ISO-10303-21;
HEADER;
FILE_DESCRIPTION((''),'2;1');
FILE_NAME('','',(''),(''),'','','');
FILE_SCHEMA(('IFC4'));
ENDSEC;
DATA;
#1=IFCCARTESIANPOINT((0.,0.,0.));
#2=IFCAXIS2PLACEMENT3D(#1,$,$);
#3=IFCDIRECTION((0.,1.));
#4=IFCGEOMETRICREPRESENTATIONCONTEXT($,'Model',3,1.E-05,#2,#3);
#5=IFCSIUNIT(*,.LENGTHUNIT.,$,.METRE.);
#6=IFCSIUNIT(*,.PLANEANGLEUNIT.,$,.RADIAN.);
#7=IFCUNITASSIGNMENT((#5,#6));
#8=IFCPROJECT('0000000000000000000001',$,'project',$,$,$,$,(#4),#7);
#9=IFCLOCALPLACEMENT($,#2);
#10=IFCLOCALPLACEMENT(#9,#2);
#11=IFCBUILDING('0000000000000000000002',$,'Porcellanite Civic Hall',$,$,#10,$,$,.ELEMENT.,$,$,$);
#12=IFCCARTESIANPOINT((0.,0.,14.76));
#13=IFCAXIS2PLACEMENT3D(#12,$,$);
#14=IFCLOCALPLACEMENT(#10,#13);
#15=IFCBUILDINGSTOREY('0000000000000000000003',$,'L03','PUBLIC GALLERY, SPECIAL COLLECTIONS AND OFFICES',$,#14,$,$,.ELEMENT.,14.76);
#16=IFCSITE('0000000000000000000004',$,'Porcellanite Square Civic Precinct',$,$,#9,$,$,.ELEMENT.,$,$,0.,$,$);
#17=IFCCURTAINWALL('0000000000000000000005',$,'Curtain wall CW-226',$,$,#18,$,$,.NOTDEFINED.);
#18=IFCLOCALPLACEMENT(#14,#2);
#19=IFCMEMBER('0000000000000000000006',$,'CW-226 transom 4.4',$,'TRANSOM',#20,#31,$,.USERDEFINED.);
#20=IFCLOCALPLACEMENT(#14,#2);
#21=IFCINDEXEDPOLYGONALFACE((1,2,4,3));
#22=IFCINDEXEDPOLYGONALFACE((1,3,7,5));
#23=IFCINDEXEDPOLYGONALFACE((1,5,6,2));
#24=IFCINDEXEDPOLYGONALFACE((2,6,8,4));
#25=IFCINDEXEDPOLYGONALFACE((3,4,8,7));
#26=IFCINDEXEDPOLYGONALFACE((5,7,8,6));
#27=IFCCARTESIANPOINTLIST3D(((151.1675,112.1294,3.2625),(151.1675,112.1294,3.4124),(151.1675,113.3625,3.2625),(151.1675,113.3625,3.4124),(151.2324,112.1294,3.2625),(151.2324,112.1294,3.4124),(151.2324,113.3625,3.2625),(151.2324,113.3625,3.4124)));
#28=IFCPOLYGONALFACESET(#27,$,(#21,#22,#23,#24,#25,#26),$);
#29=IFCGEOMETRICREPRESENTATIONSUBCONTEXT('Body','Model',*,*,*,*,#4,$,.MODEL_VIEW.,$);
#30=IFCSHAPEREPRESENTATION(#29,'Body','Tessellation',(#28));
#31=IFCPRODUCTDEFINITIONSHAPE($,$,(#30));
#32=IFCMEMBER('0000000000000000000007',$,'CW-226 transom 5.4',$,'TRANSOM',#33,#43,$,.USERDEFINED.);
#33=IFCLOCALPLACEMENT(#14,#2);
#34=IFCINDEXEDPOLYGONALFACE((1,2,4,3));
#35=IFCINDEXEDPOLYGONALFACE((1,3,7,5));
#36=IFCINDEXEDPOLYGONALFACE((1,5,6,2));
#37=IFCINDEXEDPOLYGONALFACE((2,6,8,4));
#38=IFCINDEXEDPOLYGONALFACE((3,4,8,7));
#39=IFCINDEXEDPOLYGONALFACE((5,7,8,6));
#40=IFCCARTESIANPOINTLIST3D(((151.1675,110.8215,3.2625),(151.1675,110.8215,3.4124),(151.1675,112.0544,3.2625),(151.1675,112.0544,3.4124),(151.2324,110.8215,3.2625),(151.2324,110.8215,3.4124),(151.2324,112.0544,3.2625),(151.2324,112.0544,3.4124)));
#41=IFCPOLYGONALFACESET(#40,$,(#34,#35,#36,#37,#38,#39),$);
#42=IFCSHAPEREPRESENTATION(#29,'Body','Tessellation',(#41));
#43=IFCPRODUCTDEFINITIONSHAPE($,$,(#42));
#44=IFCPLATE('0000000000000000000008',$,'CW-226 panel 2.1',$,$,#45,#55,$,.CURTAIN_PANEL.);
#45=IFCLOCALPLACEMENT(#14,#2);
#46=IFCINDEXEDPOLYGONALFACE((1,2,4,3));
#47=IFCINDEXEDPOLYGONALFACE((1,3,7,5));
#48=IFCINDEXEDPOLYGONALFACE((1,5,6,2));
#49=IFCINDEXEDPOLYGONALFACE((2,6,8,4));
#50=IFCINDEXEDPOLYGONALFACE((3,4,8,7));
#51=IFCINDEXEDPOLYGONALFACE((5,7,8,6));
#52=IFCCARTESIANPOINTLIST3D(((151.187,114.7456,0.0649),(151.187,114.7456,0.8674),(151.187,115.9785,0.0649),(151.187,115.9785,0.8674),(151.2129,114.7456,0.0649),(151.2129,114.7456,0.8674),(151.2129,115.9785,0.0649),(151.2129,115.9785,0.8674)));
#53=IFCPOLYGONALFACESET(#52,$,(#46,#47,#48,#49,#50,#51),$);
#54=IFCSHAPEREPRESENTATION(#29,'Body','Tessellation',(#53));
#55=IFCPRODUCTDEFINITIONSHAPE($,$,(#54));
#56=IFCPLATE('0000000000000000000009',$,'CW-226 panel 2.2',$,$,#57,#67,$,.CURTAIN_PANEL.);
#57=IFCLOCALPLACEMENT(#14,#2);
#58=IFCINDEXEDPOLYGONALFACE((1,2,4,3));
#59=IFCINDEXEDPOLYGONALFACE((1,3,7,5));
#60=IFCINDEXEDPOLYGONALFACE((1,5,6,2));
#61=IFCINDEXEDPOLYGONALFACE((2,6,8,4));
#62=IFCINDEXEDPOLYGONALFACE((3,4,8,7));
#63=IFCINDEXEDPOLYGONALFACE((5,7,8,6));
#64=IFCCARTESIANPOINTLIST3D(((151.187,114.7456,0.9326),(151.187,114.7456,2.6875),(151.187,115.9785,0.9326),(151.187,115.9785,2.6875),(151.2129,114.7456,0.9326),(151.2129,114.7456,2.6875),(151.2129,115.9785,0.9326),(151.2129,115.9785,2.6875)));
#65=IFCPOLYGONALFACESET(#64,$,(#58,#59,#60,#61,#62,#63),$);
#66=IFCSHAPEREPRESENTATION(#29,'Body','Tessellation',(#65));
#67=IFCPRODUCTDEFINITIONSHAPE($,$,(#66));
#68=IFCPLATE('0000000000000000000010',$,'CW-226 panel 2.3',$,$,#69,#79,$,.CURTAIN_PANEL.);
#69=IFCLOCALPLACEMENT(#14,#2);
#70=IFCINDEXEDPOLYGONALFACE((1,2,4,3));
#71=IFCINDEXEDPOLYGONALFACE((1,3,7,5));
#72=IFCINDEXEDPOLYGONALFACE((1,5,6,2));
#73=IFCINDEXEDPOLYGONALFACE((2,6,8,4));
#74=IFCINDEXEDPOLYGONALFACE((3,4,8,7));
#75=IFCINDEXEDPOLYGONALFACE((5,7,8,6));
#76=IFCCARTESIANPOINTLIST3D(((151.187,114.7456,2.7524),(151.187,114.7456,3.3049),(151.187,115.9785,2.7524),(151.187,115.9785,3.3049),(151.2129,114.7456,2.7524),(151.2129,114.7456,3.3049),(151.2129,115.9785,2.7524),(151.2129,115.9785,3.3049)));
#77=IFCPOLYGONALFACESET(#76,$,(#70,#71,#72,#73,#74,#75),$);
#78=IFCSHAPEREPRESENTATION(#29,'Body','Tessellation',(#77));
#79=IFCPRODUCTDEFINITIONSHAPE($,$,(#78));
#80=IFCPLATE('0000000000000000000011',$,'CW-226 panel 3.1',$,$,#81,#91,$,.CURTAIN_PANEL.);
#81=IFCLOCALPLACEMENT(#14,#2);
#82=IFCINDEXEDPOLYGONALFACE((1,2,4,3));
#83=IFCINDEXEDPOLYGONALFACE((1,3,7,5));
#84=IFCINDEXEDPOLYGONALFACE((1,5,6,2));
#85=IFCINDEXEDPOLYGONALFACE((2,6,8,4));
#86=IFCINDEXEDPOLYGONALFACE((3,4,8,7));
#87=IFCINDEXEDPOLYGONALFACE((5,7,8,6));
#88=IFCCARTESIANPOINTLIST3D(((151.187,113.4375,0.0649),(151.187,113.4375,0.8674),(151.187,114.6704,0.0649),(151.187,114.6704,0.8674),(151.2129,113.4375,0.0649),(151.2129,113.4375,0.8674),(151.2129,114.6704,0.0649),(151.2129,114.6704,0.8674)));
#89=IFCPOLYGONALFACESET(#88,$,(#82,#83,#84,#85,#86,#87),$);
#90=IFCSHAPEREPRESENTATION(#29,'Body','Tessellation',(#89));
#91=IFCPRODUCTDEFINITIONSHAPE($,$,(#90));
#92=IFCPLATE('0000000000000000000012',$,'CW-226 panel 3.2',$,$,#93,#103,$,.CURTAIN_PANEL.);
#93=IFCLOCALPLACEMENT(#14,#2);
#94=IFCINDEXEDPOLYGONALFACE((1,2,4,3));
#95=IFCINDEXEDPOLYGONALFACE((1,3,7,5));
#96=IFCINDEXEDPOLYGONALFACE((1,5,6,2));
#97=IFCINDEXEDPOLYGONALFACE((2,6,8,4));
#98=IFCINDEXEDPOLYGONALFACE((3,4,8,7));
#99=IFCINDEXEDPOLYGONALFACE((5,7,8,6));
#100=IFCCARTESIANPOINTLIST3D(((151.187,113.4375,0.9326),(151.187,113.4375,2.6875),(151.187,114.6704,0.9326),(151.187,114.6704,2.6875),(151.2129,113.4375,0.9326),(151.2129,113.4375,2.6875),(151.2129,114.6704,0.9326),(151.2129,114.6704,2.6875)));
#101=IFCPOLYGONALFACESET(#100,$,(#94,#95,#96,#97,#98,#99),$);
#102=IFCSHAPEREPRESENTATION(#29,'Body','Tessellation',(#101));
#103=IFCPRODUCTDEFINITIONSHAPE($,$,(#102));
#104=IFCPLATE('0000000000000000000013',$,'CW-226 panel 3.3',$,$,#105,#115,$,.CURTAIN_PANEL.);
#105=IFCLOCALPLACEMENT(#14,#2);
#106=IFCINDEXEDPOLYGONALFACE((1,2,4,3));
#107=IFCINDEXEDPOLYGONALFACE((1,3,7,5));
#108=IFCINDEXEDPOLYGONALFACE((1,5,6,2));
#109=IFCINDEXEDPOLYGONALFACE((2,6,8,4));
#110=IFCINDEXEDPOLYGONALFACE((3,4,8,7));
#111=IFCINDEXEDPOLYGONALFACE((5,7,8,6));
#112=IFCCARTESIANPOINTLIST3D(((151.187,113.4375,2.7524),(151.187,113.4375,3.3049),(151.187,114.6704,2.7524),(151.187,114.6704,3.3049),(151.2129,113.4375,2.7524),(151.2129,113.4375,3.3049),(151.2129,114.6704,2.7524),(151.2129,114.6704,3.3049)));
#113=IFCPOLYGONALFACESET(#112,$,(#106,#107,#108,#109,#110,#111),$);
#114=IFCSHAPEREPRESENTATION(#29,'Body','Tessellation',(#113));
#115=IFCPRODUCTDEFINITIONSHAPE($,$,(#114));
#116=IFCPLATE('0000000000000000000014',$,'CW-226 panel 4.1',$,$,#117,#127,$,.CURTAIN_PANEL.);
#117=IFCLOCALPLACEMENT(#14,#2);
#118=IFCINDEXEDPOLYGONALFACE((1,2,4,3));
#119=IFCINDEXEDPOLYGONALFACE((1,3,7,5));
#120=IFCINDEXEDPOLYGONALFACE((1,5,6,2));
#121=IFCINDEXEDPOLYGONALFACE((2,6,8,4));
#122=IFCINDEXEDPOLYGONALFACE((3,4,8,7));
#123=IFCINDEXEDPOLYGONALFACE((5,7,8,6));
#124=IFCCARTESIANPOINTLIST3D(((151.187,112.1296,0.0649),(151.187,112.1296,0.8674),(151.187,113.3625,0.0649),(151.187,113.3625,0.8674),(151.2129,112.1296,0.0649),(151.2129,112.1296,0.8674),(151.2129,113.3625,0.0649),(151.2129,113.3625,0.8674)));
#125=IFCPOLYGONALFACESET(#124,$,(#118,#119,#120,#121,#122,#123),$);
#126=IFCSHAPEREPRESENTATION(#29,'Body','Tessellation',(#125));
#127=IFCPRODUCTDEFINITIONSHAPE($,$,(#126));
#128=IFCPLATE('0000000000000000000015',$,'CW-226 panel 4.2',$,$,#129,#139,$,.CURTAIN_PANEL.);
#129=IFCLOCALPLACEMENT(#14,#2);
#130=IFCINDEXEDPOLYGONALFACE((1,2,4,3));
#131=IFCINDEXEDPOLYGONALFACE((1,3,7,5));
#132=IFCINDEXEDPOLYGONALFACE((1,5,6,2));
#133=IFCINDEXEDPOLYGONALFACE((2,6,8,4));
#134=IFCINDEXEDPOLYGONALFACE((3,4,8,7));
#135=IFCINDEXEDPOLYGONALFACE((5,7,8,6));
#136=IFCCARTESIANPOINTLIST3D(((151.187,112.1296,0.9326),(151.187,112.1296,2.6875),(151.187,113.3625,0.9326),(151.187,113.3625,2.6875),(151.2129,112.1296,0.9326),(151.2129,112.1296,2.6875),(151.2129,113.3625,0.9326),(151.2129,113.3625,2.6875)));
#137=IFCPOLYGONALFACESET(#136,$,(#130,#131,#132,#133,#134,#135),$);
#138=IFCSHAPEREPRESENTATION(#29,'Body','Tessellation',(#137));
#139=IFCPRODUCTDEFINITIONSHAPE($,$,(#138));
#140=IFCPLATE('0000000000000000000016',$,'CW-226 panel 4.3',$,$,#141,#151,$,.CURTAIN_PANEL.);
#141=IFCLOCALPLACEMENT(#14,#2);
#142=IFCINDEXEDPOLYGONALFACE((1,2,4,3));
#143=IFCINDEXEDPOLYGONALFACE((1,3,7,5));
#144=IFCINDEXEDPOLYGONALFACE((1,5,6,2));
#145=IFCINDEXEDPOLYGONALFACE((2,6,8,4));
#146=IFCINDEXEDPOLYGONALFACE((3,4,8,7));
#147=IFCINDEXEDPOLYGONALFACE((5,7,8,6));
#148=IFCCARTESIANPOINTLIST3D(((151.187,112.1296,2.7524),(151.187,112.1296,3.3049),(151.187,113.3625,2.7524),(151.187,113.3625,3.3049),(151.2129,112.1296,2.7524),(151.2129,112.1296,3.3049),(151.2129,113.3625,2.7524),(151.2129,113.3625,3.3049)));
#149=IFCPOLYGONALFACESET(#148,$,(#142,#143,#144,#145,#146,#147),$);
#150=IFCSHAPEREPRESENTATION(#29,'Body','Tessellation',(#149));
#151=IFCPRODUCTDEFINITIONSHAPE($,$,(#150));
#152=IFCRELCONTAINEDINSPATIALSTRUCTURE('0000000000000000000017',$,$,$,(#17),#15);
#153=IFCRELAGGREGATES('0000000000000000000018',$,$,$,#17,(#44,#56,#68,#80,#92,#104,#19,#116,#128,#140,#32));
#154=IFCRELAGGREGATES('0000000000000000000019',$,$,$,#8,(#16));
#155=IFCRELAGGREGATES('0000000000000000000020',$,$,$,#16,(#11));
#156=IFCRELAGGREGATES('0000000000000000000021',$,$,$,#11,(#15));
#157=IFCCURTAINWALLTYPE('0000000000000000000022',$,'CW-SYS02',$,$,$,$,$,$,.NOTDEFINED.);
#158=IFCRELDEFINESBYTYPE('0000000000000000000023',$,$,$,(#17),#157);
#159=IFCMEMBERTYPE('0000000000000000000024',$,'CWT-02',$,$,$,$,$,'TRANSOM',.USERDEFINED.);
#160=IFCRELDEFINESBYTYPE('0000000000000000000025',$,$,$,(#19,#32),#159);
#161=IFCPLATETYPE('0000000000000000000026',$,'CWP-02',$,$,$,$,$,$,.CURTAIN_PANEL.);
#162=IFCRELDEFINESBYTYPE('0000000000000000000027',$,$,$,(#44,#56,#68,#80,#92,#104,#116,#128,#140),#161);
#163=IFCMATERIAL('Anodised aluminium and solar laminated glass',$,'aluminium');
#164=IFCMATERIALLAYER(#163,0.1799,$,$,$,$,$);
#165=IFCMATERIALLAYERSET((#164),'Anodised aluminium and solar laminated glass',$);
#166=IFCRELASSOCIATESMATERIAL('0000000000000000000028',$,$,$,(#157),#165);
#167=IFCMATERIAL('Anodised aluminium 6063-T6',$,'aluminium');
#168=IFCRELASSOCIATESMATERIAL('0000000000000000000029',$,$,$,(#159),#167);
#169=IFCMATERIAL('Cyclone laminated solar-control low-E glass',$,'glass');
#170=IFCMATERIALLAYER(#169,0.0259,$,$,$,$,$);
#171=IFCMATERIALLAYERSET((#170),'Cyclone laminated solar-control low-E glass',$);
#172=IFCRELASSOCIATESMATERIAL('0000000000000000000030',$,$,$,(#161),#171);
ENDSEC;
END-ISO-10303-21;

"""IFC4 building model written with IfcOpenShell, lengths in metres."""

from ifc_helpers import new_model, si_unit, direction, frame, origin, origin_2d, place, context, subcontext, project, spatial, rectangle, extrude, material, layer, layer_set, material_profile, profile_set, type_object, element, aggregate, save


model = new_model("IFC4")

# Units and contexts
model_context = context("Model", 3, precision=1e-05, world=origin(), true_north=direction((0.0, 1.0)))
body_context = subcontext(model_context, "Body", "Model", "MODEL_VIEW")
ifc_project = project(units=[si_unit("LENGTHUNIT", "METRE"), si_unit("PLANEANGLEUNIT", "RADIAN")], contexts=[model_context])

# Site, building, storey
site_placement = place(None, origin())
site = spatial("IfcSite", under=ifc_project, at=site_placement, Name="Porcellanite Square Civic Precinct", CompositionType="ELEMENT", RefElevation=0.0)
building_placement = place(site_placement, origin())
building = spatial("IfcBuilding", under=site, at=building_placement, Name="Porcellanite Civic Hall", CompositionType="ELEMENT")
storey_placement = place(building_placement, frame((0.0, 0.0, 14.76)))
storey = spatial("IfcBuildingStorey", under=building, at=storey_placement, Name="L03", Description="PUBLIC GALLERY, SPECIAL COLLECTIONS AND OFFICES", CompositionType="ELEMENT", Elevation=14.76)

# Curtain wall, members, plates
ifc_material_1 = material(Name="Anodised aluminium and solar laminated glass", Category="aluminium")
ifc_layer_1 = layer(ifc_material_1, 0.1799)
ifc_layer_set_1 = layer_set([ifc_layer_1], Name="Anodised aluminium and solar laminated glass")
curtain_wall_type = type_object("IfcCurtainWallType", Name="CW-SYS02", PredefinedType="NOTDEFINED", material=ifc_layer_set_1)
curtain_wall_placement = place(storey_placement, origin())
curtain_wall = element("IfcCurtainWall", 1, at=curtain_wall_placement, inside=storey, type_object=curtain_wall_type, Name="Curtain wall CW-226", PredefinedType="NOTDEFINED")
ifc_material_2 = material(Name="Anodised aluminium 6063-T6", Category="aluminium")
ifc_material_profile_1 = material_profile(ifc_material_2, rectangle(XDim=0.0649, YDim=0.1499, at=origin_2d()), Name="AL-65x150")
ifc_profile_set_1 = profile_set([ifc_material_profile_1], Name="Anodised aluminium 6063-T6")
member_type_1 = type_object("IfcMemberType", Name="CWT-02", ElementType="TRANSOM", PredefinedType="USERDEFINED", material=ifc_profile_set_1)
member_1_placement = place(storey_placement, frame((151.2, 113.3625, 3.3374), z_axis=(0.0, -1.0, 0.0), x_axis=(1.0, 0.0, 0.0)))
member_1 = element("IfcMember", 2, at=member_1_placement, type_object=member_type_1, Name="CW-226 transom 4.4", ObjectType="TRANSOM", PredefinedType="USERDEFINED", context=body_context, shape_type="SweptSolid", body=[
    extrude(rectangle(XDim=0.0649, YDim=0.1499, at=origin_2d()), origin(), (0.0, 0.0, 1.0), 1.2332),
])
member_2_placement = place(storey_placement, frame((151.2, 112.0544, 3.3374), z_axis=(0.0, -1.0, 0.0), x_axis=(1.0, 0.0, 0.0)))
member_2 = element("IfcMember", 3, at=member_2_placement, type_object=member_type_1, Name="CW-226 transom 5.4", ObjectType="TRANSOM", PredefinedType="USERDEFINED", context=body_context, shape_type="SweptSolid", body=[
    extrude(rectangle(XDim=0.0649, YDim=0.1499, at=origin_2d()), origin(), (0.0, 0.0, 1.0), 1.2329),
])
ifc_material_3 = material(Name="Cyclone laminated solar-control low-E glass", Category="glass")
ifc_layer_2 = layer(ifc_material_3, 0.0259)
ifc_layer_set_2 = layer_set([ifc_layer_2], Name="Cyclone laminated solar-control low-E glass")
plate_type = type_object("IfcPlateType", Name="CWP-02", PredefinedType="CURTAIN_PANEL", material=ifc_layer_set_2)
plate_1_placement = place(storey_placement, frame((151.2, 115.3621, 0.0649), z_axis=(0.0, 0.0, 1.0), x_axis=(0.0, -1.0, 0.0)))
plate_1 = element("IfcPlate", 4, at=plate_1_placement, type_object=plate_type, Name="CW-226 panel 2.1", PredefinedType="CURTAIN_PANEL", context=body_context, shape_type="SweptSolid", body=[
    extrude(rectangle(XDim=1.2329, YDim=0.0259, at=origin_2d()), origin(), (0.0, 0.0, 1.0), 0.8025),
])
plate_2_placement = place(storey_placement, frame((151.2, 115.3621, 0.9326), z_axis=(0.0, 0.0, 1.0), x_axis=(0.0, -1.0, 0.0)))
plate_2 = element("IfcPlate", 5, at=plate_2_placement, type_object=plate_type, Name="CW-226 panel 2.2", PredefinedType="CURTAIN_PANEL", context=body_context, shape_type="SweptSolid", body=[
    extrude(rectangle(XDim=1.2329, YDim=0.0259, at=origin_2d()), origin(), (0.0, 0.0, 1.0), 1.7549),
])
plate_3_placement = place(storey_placement, frame((151.2, 115.3621, 2.7524), z_axis=(0.0, 0.0, 1.0), x_axis=(0.0, -1.0, 0.0)))
plate_3 = element("IfcPlate", 6, at=plate_3_placement, type_object=plate_type, Name="CW-226 panel 2.3", PredefinedType="CURTAIN_PANEL", context=body_context, shape_type="SweptSolid", body=[
    extrude(rectangle(XDim=1.2329, YDim=0.0259, at=origin_2d()), origin(), (0.0, 0.0, 1.0), 0.5525),
])
plate_4_placement = place(storey_placement, frame((151.2, 114.054, 0.0649), z_axis=(0.0, 0.0, 1.0), x_axis=(0.0, -1.0, 0.0)))
plate_4 = element("IfcPlate", 7, at=plate_4_placement, type_object=plate_type, Name="CW-226 panel 3.1", PredefinedType="CURTAIN_PANEL", context=body_context, shape_type="SweptSolid", body=[
    extrude(rectangle(XDim=1.2329, YDim=0.0259, at=origin_2d()), origin(), (0.0, 0.0, 1.0), 0.8025),
])
plate_5_placement = place(storey_placement, frame((151.2, 114.054, 0.9326), z_axis=(0.0, 0.0, 1.0), x_axis=(0.0, -1.0, 0.0)))
plate_5 = element("IfcPlate", 8, at=plate_5_placement, type_object=plate_type, Name="CW-226 panel 3.2", PredefinedType="CURTAIN_PANEL", context=body_context, shape_type="SweptSolid", body=[
    extrude(rectangle(XDim=1.2329, YDim=0.0259, at=origin_2d()), origin(), (0.0, 0.0, 1.0), 1.7549),
])
plate_6_placement = place(storey_placement, frame((151.2, 114.054, 2.7524), z_axis=(0.0, 0.0, 1.0), x_axis=(0.0, -1.0, 0.0)))
plate_6 = element("IfcPlate", 9, at=plate_6_placement, type_object=plate_type, Name="CW-226 panel 3.3", PredefinedType="CURTAIN_PANEL", context=body_context, shape_type="SweptSolid", body=[
    extrude(rectangle(XDim=1.2329, YDim=0.0259, at=origin_2d()), origin(), (0.0, 0.0, 1.0), 0.5525),
])
plate_7_placement = place(storey_placement, frame((151.2, 112.7461, 0.0649), z_axis=(0.0, 0.0, 1.0), x_axis=(0.0, -1.0, 0.0)))
plate_7 = element("IfcPlate", 10, at=plate_7_placement, type_object=plate_type, Name="CW-226 panel 4.1", PredefinedType="CURTAIN_PANEL", context=body_context, shape_type="SweptSolid", body=[
    extrude(rectangle(XDim=1.2329, YDim=0.0259, at=origin_2d()), origin(), (0.0, 0.0, 1.0), 0.8025),
])
plate_8_placement = place(storey_placement, frame((151.2, 112.7461, 0.9326), z_axis=(0.0, 0.0, 1.0), x_axis=(0.0, -1.0, 0.0)))
plate_8 = element("IfcPlate", 11, at=plate_8_placement, type_object=plate_type, Name="CW-226 panel 4.2", PredefinedType="CURTAIN_PANEL", context=body_context, shape_type="SweptSolid", body=[
    extrude(rectangle(XDim=1.2329, YDim=0.0259, at=origin_2d()), origin(), (0.0, 0.0, 1.0), 1.7549),
])
plate_9_placement = place(storey_placement, frame((151.2, 112.7461, 2.7524), z_axis=(0.0, 0.0, 1.0), x_axis=(0.0, -1.0, 0.0)))
plate_9 = element("IfcPlate", 12, at=plate_9_placement, type_object=plate_type, Name="CW-226 panel 4.3", PredefinedType="CURTAIN_PANEL", context=body_context, shape_type="SweptSolid", body=[
    extrude(rectangle(XDim=1.2329, YDim=0.0259, at=origin_2d()), origin(), (0.0, 0.0, 1.0), 0.5525),
])
aggregate(curtain_wall, [plate_1, plate_2, plate_3, plate_4, plate_5, plate_6, member_1, plate_7, plate_8, plate_9, member_2])

save(model, "model.ifc")
